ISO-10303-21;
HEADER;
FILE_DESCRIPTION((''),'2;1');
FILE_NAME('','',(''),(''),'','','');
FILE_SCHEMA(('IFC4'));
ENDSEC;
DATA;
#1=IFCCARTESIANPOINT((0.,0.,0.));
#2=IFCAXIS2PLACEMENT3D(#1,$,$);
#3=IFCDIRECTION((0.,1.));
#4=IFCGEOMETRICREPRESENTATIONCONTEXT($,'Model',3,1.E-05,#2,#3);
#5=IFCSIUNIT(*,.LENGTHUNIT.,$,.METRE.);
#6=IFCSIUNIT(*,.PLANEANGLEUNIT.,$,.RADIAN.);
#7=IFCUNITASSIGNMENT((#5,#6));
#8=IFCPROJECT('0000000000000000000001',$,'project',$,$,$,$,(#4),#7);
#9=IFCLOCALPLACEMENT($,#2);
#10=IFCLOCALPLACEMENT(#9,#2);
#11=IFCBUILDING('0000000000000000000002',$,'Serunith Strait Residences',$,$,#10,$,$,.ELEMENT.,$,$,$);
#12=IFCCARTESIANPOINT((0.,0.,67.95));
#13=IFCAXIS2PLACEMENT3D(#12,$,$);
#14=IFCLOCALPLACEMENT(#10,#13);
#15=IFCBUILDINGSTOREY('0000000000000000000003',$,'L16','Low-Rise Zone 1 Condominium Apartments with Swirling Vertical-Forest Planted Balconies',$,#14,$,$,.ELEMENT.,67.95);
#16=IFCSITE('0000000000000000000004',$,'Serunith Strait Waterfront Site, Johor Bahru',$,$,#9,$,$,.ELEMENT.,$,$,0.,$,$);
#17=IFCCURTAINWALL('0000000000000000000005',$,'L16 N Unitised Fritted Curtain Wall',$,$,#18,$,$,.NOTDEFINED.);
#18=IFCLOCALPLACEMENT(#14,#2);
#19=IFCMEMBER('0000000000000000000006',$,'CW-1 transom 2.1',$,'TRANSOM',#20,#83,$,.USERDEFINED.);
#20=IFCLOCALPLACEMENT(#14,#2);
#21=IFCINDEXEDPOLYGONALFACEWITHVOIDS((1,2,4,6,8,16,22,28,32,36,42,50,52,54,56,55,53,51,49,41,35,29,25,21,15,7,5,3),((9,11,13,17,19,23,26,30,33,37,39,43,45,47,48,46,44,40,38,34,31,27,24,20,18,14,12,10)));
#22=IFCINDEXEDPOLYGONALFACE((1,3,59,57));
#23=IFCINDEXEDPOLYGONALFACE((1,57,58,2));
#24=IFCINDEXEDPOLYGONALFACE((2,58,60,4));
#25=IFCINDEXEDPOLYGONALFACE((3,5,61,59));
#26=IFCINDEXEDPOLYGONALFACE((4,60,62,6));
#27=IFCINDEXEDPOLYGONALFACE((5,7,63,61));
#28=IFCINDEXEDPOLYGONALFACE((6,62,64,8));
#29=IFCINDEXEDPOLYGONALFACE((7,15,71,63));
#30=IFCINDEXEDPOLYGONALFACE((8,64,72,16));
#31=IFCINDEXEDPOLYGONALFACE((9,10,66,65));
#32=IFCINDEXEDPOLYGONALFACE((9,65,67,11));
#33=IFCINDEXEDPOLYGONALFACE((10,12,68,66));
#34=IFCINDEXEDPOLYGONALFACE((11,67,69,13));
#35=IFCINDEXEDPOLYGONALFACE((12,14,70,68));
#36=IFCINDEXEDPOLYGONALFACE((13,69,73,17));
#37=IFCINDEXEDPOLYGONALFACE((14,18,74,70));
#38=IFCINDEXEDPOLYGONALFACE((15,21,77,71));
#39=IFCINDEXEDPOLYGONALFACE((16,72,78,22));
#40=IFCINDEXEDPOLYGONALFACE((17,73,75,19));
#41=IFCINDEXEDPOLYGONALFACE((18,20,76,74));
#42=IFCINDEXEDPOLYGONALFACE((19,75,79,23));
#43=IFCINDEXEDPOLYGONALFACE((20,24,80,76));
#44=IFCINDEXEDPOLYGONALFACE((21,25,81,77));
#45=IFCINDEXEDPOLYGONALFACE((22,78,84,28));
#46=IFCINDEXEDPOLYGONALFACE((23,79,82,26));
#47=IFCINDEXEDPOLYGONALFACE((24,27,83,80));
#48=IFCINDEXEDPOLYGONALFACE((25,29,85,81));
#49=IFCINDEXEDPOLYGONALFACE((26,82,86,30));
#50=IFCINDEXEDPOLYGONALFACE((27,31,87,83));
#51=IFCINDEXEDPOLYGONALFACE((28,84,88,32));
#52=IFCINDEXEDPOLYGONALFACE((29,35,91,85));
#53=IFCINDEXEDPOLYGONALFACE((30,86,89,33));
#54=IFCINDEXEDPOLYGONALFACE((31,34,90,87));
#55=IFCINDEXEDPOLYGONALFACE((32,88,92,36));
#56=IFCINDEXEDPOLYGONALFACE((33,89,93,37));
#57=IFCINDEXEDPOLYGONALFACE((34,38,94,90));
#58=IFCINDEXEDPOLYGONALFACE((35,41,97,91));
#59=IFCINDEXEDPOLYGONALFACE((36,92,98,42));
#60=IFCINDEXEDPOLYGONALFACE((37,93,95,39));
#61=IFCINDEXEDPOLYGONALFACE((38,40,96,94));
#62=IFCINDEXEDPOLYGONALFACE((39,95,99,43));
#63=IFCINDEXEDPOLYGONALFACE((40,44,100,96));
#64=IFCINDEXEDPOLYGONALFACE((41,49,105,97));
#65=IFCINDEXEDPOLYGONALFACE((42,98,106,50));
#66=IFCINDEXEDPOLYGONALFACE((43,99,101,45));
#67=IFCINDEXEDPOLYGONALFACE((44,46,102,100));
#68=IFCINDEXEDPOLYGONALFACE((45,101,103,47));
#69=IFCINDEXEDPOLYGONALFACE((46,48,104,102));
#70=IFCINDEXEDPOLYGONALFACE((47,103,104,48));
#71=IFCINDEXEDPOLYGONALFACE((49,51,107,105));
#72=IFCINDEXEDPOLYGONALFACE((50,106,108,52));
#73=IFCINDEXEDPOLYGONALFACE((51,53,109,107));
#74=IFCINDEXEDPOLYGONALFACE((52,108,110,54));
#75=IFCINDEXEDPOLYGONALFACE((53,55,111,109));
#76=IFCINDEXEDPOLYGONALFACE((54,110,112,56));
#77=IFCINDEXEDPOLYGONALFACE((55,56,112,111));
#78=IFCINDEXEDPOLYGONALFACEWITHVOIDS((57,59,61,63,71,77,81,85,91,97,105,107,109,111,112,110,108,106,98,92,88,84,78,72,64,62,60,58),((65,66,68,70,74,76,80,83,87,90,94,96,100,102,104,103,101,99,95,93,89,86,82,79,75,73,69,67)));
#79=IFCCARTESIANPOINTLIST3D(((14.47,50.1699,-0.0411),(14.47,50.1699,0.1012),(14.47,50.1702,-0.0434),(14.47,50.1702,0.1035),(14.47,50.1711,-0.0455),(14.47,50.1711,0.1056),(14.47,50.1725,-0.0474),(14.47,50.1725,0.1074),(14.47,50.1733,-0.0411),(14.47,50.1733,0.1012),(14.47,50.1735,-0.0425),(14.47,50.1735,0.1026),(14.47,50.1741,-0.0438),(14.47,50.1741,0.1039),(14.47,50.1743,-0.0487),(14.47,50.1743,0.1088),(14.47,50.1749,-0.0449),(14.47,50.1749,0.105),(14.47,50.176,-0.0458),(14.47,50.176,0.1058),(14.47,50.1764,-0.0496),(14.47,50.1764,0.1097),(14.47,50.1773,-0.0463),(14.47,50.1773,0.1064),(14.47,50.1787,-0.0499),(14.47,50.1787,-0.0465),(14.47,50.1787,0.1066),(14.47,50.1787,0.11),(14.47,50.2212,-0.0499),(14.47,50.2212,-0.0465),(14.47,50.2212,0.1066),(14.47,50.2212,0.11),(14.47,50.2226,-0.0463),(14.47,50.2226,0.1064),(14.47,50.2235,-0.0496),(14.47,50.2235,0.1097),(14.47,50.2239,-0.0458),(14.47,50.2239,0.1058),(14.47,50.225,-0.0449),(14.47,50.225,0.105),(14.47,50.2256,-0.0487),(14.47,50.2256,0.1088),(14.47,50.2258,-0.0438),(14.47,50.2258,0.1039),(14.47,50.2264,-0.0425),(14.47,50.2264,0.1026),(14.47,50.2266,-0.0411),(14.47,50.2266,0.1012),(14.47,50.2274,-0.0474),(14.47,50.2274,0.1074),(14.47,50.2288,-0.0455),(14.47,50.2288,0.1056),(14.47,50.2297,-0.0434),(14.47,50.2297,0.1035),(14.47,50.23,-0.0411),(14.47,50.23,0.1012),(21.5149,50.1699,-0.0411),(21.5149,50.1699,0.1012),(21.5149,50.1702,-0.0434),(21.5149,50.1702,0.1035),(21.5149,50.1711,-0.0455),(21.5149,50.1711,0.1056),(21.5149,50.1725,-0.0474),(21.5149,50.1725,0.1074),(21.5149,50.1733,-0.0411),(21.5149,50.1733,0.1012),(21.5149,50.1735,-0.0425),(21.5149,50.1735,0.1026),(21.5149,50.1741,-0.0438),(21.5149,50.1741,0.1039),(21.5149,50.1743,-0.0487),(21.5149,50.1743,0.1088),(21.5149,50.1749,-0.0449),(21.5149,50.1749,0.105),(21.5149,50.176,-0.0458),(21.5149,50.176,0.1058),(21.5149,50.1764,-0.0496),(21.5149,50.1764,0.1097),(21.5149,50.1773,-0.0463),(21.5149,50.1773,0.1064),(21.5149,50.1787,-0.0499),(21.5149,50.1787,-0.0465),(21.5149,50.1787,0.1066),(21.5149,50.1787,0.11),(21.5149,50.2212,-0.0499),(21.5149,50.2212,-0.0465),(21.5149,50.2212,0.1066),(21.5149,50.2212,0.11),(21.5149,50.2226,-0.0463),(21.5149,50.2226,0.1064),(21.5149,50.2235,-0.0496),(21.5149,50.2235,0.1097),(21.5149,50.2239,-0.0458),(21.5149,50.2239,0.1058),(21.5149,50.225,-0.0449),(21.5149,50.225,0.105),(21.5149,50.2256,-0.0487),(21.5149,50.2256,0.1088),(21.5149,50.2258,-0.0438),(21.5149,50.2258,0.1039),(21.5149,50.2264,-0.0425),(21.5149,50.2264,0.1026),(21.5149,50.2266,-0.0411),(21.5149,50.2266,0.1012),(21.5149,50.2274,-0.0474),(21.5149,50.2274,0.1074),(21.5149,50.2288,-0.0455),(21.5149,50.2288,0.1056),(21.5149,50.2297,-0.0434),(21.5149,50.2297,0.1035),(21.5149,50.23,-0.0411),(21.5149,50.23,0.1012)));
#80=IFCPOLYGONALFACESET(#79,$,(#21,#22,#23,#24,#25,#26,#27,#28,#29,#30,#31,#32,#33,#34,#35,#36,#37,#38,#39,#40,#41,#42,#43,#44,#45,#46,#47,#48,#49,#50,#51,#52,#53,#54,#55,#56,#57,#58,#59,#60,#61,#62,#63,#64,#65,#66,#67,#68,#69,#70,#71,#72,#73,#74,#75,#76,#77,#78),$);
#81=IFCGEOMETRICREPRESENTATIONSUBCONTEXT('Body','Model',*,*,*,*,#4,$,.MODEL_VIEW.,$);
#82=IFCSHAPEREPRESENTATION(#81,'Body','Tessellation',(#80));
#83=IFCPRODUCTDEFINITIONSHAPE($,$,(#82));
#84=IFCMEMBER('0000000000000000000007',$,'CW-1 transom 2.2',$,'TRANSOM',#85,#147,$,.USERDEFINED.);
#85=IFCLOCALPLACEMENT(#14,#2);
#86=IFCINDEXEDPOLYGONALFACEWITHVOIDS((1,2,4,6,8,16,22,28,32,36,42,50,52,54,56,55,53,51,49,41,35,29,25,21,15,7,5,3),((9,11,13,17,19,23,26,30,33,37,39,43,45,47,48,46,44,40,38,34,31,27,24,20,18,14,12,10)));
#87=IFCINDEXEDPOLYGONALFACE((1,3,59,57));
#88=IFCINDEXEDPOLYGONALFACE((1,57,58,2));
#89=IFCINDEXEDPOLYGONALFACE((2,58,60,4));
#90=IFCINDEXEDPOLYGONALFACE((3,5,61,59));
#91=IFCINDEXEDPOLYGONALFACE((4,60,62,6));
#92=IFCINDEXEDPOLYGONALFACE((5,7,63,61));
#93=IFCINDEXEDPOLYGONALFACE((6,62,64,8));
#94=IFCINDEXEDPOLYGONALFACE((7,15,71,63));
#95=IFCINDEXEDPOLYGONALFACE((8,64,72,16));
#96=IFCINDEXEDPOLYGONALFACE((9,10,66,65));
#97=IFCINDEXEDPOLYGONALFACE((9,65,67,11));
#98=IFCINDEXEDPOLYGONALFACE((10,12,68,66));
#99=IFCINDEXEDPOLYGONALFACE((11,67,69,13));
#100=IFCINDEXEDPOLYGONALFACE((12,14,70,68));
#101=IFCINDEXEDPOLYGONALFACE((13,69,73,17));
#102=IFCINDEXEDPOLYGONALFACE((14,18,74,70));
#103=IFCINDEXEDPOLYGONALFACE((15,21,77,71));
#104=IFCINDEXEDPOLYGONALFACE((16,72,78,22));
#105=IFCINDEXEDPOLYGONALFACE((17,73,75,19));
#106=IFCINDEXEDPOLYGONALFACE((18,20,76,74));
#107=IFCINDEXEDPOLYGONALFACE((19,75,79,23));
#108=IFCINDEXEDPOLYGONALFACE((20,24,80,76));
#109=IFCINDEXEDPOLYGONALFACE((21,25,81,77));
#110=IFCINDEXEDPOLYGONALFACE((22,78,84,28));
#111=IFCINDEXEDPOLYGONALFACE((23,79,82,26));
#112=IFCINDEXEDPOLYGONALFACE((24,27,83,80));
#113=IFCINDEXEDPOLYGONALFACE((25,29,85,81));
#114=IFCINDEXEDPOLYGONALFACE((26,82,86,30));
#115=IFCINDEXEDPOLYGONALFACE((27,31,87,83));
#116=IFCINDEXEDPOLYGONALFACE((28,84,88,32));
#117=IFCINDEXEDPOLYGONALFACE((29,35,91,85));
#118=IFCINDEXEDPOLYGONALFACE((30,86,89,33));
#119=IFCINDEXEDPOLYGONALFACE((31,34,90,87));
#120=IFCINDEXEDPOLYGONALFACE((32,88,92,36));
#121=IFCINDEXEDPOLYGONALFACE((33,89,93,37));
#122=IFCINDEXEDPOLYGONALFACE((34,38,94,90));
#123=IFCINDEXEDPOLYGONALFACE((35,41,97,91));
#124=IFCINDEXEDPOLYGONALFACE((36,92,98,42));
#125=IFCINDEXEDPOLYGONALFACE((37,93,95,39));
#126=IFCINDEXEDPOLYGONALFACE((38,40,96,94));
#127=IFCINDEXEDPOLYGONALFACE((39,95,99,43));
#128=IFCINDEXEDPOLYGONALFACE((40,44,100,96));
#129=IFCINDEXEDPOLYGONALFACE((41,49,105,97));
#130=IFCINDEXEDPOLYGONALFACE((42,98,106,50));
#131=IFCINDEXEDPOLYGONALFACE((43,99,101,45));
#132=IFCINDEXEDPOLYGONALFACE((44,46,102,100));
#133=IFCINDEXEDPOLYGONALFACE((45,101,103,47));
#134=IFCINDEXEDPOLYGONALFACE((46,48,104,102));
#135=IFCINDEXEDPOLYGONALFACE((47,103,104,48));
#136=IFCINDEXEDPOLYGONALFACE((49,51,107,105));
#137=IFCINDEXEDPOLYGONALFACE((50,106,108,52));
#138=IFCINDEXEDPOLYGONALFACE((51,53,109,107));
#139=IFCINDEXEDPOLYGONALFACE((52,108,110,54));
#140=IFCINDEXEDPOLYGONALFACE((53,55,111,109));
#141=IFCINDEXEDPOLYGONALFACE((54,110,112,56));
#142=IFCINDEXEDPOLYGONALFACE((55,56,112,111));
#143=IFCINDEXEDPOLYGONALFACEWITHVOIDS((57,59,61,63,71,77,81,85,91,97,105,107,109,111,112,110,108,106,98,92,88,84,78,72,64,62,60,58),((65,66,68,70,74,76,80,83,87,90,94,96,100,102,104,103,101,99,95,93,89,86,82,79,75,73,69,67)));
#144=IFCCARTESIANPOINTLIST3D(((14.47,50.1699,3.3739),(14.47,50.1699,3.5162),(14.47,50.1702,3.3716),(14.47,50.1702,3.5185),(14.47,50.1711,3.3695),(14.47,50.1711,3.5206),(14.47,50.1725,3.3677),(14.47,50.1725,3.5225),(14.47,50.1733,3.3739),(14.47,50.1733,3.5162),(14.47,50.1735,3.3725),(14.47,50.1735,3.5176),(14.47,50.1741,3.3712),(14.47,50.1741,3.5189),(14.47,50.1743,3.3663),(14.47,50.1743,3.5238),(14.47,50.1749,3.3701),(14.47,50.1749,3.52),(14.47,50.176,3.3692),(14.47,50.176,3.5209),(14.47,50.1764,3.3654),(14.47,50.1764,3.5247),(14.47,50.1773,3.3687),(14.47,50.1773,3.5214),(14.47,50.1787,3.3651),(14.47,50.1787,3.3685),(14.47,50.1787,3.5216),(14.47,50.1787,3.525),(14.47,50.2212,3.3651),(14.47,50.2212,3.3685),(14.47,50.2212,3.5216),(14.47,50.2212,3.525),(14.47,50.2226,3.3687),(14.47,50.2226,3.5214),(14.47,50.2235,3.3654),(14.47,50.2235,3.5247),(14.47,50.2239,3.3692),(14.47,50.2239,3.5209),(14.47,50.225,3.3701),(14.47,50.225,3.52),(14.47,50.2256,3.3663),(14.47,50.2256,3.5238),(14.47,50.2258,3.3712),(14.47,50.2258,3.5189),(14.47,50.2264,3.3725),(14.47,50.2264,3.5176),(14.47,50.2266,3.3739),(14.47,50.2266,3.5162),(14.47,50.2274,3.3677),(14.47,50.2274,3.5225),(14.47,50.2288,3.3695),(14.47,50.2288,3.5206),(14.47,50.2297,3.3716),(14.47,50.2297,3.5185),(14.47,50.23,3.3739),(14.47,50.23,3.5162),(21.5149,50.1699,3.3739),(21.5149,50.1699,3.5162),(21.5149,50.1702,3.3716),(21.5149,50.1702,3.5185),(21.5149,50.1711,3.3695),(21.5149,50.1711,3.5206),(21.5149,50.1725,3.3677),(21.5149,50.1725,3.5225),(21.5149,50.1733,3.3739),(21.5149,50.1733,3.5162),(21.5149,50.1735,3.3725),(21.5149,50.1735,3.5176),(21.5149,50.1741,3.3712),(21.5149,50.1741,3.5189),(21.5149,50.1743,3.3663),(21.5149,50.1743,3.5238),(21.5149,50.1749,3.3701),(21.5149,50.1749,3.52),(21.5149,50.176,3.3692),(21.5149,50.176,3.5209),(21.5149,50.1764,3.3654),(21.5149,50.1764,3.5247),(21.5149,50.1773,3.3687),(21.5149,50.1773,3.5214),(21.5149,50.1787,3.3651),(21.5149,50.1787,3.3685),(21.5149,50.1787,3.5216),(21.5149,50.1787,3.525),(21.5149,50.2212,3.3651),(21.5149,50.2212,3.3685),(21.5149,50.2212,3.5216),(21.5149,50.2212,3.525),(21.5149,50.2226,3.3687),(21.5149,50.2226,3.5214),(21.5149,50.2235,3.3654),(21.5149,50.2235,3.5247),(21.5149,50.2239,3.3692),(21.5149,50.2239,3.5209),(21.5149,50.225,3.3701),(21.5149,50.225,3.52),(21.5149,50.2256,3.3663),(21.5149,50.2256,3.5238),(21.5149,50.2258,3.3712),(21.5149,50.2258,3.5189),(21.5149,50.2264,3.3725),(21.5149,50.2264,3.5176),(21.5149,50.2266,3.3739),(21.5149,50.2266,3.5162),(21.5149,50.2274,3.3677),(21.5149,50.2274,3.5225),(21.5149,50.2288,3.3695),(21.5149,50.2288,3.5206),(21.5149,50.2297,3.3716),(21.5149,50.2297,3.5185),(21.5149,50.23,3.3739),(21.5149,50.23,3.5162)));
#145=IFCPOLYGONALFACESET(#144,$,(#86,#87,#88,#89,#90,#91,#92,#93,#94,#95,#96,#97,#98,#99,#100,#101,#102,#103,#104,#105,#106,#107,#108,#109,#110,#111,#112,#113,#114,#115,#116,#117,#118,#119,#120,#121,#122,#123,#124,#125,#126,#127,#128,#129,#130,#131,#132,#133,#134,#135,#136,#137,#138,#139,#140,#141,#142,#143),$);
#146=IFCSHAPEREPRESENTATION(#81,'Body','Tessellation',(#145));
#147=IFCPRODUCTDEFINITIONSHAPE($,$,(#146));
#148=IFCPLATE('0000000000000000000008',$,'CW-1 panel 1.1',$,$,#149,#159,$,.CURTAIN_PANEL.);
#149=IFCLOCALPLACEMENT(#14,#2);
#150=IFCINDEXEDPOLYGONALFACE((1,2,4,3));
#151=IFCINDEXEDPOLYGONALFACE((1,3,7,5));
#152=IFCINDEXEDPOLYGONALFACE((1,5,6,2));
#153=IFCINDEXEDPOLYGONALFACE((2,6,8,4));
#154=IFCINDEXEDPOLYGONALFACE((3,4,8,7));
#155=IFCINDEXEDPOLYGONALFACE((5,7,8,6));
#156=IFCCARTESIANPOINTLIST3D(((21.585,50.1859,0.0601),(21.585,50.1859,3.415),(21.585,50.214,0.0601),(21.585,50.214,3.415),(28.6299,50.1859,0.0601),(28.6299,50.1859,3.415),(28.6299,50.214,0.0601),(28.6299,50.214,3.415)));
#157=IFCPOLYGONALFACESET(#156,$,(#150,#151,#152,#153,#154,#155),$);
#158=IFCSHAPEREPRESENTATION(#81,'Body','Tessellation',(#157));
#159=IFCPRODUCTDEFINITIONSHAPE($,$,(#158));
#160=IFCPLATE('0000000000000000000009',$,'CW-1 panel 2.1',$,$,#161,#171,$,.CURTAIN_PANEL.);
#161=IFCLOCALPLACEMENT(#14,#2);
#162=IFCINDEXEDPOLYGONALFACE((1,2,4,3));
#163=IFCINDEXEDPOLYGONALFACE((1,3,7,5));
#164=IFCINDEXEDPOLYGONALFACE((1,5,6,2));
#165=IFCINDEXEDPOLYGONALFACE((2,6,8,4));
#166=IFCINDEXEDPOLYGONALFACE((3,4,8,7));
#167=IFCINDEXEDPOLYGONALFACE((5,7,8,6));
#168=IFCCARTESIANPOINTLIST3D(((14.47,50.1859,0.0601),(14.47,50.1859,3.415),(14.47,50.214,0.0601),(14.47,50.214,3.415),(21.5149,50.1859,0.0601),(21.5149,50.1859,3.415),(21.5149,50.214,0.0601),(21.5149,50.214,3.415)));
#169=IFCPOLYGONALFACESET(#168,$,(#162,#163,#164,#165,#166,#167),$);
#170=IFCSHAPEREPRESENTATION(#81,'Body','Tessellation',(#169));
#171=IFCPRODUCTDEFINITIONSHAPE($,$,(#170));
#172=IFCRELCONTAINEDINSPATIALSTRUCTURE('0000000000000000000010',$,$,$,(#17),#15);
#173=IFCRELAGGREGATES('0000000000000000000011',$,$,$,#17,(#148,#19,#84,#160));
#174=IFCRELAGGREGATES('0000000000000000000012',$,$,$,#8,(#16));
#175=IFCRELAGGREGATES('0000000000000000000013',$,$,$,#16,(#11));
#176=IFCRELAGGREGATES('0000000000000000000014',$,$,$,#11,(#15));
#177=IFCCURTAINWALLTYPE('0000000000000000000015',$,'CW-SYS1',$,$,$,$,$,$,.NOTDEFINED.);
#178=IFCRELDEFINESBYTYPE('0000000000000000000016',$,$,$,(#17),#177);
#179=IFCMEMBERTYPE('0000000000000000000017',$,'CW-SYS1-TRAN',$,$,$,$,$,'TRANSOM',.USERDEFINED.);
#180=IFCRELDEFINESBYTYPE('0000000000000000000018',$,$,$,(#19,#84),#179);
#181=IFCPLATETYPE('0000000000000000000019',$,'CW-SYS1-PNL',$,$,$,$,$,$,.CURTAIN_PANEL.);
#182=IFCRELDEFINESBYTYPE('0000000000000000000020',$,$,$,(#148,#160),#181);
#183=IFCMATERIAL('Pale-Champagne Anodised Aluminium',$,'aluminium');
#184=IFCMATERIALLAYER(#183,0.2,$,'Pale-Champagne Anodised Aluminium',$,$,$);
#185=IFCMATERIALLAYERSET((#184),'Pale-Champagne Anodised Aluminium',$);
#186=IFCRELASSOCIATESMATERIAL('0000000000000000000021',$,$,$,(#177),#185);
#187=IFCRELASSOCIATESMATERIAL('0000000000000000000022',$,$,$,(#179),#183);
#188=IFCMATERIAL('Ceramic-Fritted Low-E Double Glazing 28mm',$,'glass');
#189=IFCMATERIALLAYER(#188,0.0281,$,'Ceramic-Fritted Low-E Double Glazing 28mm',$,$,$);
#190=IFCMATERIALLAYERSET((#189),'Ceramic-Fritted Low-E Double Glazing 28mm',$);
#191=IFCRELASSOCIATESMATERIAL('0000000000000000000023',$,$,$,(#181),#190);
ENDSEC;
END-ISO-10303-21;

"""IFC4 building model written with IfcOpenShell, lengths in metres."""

from ifc_helpers import new_model, si_unit, direction, frame, origin, origin_2d, place, context, subcontext, project, spatial, rectangle, hollow_rectangle, extrude, source, transform, mapped, material, layer, layer_set, material_profile, profile_set, type_object, element, aggregate, save


model = new_model("IFC4")

# Units and contexts
model_context = context("Model", 3, precision=1e-05, world=origin(), true_north=direction((0.0, 1.0)))
body_context = subcontext(model_context, "Body", "Model", "MODEL_VIEW")
ifc_project = project(units=[si_unit("LENGTHUNIT", "METRE"), si_unit("PLANEANGLEUNIT", "RADIAN")], contexts=[model_context])

# Site, building, storey
site_placement = place(None, origin())
site = spatial("IfcSite", under=ifc_project, at=site_placement, Name="Serunith Strait Waterfront Site, Johor Bahru", CompositionType="ELEMENT", RefElevation=0.0)
building_placement = place(site_placement, origin())
building = spatial("IfcBuilding", under=site, at=building_placement, Name="Serunith Strait Residences", CompositionType="ELEMENT")
storey_placement = place(building_placement, frame((0.0, 0.0, 67.95)))
storey = spatial("IfcBuildingStorey", under=building, at=storey_placement, Name="L16", Description="Low-Rise Zone 1 Condominium Apartments with Swirling Vertical-Forest Planted Balconies", CompositionType="ELEMENT", Elevation=67.95)

# Curtain wall, members, plates
ifc_material_1 = material(Name="Pale-Champagne Anodised Aluminium", Category="aluminium")
ifc_layer_1 = layer(ifc_material_1, 0.2, Name="Pale-Champagne Anodised Aluminium")
ifc_layer_set_1 = layer_set([ifc_layer_1], Name="Pale-Champagne Anodised Aluminium")
curtain_wall_type = type_object("IfcCurtainWallType", Name="CW-SYS1", PredefinedType="NOTDEFINED", material=ifc_layer_set_1)
curtain_wall_placement = place(storey_placement, origin())
curtain_wall = element("IfcCurtainWall", 1, at=curtain_wall_placement, inside=storey, type_object=curtain_wall_type, Name="L16 N Unitised Fritted Curtain Wall", PredefinedType="NOTDEFINED")
ifc_material_profile_1 = material_profile(ifc_material_1, hollow_rectangle(XDim=0.0601, YDim=0.1599, WallThickness=0.0034, InnerFilletRadius=0.0054, OuterFilletRadius=0.0088, at=origin_2d()), Name="ALU 160x60x3.5")
ifc_profile_set_1 = profile_set([ifc_material_profile_1], Name="Pale-Champagne Anodised Aluminium")
member_type_1 = type_object("IfcMemberType", Name="CW-SYS1-TRAN", ElementType="TRANSOM", PredefinedType="USERDEFINED", material=ifc_profile_set_1)
shared_shape_1 = source(origin(), body_context, "Body", "SweptSolid", [
    extrude(hollow_rectangle(XDim=0.0601, YDim=0.1599, WallThickness=0.0034, InnerFilletRadius=0.0054, OuterFilletRadius=0.0088, at=origin_2d()), origin(), (0.0, 0.0, 1.0), 7.0449),
])
member_1_placement = place(storey_placement, frame((21.5149, 50.2, 0.03), z_axis=(-1.0, 0.0, 0.0), x_axis=(0.0, -1.0, 0.0)))
member_1 = element("IfcMember", 2, at=member_1_placement, type_object=member_type_1, Name="CW-1 transom 2.1", ObjectType="TRANSOM", PredefinedType="USERDEFINED", context=body_context, shape_type="MappedRepresentation", body=[
    mapped(shared_shape_1, transform((0.0, 0.0, 0.0), scale=1.0)),
])
member_2_placement = place(storey_placement, frame((21.5149, 50.2, 3.4451), z_axis=(-1.0, 0.0, 0.0), x_axis=(0.0, -1.0, 0.0)))
member_2 = element("IfcMember", 3, at=member_2_placement, type_object=member_type_1, Name="CW-1 transom 2.2", ObjectType="TRANSOM", PredefinedType="USERDEFINED", context=body_context, shape_type="MappedRepresentation", body=[
    mapped(shared_shape_1, transform((0.0, 0.0, 0.0), scale=1.0)),
])
ifc_material_2 = material(Name="Ceramic-Fritted Low-E Double Glazing 28mm", Category="glass")
ifc_layer_2 = layer(ifc_material_2, 0.0281, Name="Ceramic-Fritted Low-E Double Glazing 28mm")
ifc_layer_set_2 = layer_set([ifc_layer_2], Name="Ceramic-Fritted Low-E Double Glazing 28mm")
plate_type = type_object("IfcPlateType", Name="CW-SYS1-PNL", PredefinedType="CURTAIN_PANEL", material=ifc_layer_set_2)
shared_shape_2 = source(origin(), body_context, "Body", "SweptSolid", [
    extrude(rectangle(XDim=7.0449, YDim=0.0281, at=origin_2d()), origin(), (0.0, 0.0, 1.0), 3.355),
])
plate_1_placement = place(storey_placement, frame((25.1074, 50.2, 0.0601), z_axis=(0.0, 0.0, 1.0), x_axis=(-1.0, 0.0, 0.0)))
plate_1 = element("IfcPlate", 4, at=plate_1_placement, type_object=plate_type, Name="CW-1 panel 1.1", PredefinedType="CURTAIN_PANEL", context=body_context, shape_type="MappedRepresentation", body=[
    mapped(shared_shape_2, transform((0.0, 0.0, 0.0), scale=1.0)),
])
plate_2_placement = place(storey_placement, frame((17.9924, 50.2, 0.0601), z_axis=(0.0, 0.0, 1.0), x_axis=(-1.0, 0.0, 0.0)))
plate_2 = element("IfcPlate", 5, at=plate_2_placement, type_object=plate_type, Name="CW-1 panel 2.1", PredefinedType="CURTAIN_PANEL", context=body_context, shape_type="MappedRepresentation", body=[
    mapped(shared_shape_2, transform((0.0, 0.0, 0.0), scale=1.0)),
])
aggregate(curtain_wall, [plate_1, member_1, member_2, plate_2])

save(model, "model.ifc")
